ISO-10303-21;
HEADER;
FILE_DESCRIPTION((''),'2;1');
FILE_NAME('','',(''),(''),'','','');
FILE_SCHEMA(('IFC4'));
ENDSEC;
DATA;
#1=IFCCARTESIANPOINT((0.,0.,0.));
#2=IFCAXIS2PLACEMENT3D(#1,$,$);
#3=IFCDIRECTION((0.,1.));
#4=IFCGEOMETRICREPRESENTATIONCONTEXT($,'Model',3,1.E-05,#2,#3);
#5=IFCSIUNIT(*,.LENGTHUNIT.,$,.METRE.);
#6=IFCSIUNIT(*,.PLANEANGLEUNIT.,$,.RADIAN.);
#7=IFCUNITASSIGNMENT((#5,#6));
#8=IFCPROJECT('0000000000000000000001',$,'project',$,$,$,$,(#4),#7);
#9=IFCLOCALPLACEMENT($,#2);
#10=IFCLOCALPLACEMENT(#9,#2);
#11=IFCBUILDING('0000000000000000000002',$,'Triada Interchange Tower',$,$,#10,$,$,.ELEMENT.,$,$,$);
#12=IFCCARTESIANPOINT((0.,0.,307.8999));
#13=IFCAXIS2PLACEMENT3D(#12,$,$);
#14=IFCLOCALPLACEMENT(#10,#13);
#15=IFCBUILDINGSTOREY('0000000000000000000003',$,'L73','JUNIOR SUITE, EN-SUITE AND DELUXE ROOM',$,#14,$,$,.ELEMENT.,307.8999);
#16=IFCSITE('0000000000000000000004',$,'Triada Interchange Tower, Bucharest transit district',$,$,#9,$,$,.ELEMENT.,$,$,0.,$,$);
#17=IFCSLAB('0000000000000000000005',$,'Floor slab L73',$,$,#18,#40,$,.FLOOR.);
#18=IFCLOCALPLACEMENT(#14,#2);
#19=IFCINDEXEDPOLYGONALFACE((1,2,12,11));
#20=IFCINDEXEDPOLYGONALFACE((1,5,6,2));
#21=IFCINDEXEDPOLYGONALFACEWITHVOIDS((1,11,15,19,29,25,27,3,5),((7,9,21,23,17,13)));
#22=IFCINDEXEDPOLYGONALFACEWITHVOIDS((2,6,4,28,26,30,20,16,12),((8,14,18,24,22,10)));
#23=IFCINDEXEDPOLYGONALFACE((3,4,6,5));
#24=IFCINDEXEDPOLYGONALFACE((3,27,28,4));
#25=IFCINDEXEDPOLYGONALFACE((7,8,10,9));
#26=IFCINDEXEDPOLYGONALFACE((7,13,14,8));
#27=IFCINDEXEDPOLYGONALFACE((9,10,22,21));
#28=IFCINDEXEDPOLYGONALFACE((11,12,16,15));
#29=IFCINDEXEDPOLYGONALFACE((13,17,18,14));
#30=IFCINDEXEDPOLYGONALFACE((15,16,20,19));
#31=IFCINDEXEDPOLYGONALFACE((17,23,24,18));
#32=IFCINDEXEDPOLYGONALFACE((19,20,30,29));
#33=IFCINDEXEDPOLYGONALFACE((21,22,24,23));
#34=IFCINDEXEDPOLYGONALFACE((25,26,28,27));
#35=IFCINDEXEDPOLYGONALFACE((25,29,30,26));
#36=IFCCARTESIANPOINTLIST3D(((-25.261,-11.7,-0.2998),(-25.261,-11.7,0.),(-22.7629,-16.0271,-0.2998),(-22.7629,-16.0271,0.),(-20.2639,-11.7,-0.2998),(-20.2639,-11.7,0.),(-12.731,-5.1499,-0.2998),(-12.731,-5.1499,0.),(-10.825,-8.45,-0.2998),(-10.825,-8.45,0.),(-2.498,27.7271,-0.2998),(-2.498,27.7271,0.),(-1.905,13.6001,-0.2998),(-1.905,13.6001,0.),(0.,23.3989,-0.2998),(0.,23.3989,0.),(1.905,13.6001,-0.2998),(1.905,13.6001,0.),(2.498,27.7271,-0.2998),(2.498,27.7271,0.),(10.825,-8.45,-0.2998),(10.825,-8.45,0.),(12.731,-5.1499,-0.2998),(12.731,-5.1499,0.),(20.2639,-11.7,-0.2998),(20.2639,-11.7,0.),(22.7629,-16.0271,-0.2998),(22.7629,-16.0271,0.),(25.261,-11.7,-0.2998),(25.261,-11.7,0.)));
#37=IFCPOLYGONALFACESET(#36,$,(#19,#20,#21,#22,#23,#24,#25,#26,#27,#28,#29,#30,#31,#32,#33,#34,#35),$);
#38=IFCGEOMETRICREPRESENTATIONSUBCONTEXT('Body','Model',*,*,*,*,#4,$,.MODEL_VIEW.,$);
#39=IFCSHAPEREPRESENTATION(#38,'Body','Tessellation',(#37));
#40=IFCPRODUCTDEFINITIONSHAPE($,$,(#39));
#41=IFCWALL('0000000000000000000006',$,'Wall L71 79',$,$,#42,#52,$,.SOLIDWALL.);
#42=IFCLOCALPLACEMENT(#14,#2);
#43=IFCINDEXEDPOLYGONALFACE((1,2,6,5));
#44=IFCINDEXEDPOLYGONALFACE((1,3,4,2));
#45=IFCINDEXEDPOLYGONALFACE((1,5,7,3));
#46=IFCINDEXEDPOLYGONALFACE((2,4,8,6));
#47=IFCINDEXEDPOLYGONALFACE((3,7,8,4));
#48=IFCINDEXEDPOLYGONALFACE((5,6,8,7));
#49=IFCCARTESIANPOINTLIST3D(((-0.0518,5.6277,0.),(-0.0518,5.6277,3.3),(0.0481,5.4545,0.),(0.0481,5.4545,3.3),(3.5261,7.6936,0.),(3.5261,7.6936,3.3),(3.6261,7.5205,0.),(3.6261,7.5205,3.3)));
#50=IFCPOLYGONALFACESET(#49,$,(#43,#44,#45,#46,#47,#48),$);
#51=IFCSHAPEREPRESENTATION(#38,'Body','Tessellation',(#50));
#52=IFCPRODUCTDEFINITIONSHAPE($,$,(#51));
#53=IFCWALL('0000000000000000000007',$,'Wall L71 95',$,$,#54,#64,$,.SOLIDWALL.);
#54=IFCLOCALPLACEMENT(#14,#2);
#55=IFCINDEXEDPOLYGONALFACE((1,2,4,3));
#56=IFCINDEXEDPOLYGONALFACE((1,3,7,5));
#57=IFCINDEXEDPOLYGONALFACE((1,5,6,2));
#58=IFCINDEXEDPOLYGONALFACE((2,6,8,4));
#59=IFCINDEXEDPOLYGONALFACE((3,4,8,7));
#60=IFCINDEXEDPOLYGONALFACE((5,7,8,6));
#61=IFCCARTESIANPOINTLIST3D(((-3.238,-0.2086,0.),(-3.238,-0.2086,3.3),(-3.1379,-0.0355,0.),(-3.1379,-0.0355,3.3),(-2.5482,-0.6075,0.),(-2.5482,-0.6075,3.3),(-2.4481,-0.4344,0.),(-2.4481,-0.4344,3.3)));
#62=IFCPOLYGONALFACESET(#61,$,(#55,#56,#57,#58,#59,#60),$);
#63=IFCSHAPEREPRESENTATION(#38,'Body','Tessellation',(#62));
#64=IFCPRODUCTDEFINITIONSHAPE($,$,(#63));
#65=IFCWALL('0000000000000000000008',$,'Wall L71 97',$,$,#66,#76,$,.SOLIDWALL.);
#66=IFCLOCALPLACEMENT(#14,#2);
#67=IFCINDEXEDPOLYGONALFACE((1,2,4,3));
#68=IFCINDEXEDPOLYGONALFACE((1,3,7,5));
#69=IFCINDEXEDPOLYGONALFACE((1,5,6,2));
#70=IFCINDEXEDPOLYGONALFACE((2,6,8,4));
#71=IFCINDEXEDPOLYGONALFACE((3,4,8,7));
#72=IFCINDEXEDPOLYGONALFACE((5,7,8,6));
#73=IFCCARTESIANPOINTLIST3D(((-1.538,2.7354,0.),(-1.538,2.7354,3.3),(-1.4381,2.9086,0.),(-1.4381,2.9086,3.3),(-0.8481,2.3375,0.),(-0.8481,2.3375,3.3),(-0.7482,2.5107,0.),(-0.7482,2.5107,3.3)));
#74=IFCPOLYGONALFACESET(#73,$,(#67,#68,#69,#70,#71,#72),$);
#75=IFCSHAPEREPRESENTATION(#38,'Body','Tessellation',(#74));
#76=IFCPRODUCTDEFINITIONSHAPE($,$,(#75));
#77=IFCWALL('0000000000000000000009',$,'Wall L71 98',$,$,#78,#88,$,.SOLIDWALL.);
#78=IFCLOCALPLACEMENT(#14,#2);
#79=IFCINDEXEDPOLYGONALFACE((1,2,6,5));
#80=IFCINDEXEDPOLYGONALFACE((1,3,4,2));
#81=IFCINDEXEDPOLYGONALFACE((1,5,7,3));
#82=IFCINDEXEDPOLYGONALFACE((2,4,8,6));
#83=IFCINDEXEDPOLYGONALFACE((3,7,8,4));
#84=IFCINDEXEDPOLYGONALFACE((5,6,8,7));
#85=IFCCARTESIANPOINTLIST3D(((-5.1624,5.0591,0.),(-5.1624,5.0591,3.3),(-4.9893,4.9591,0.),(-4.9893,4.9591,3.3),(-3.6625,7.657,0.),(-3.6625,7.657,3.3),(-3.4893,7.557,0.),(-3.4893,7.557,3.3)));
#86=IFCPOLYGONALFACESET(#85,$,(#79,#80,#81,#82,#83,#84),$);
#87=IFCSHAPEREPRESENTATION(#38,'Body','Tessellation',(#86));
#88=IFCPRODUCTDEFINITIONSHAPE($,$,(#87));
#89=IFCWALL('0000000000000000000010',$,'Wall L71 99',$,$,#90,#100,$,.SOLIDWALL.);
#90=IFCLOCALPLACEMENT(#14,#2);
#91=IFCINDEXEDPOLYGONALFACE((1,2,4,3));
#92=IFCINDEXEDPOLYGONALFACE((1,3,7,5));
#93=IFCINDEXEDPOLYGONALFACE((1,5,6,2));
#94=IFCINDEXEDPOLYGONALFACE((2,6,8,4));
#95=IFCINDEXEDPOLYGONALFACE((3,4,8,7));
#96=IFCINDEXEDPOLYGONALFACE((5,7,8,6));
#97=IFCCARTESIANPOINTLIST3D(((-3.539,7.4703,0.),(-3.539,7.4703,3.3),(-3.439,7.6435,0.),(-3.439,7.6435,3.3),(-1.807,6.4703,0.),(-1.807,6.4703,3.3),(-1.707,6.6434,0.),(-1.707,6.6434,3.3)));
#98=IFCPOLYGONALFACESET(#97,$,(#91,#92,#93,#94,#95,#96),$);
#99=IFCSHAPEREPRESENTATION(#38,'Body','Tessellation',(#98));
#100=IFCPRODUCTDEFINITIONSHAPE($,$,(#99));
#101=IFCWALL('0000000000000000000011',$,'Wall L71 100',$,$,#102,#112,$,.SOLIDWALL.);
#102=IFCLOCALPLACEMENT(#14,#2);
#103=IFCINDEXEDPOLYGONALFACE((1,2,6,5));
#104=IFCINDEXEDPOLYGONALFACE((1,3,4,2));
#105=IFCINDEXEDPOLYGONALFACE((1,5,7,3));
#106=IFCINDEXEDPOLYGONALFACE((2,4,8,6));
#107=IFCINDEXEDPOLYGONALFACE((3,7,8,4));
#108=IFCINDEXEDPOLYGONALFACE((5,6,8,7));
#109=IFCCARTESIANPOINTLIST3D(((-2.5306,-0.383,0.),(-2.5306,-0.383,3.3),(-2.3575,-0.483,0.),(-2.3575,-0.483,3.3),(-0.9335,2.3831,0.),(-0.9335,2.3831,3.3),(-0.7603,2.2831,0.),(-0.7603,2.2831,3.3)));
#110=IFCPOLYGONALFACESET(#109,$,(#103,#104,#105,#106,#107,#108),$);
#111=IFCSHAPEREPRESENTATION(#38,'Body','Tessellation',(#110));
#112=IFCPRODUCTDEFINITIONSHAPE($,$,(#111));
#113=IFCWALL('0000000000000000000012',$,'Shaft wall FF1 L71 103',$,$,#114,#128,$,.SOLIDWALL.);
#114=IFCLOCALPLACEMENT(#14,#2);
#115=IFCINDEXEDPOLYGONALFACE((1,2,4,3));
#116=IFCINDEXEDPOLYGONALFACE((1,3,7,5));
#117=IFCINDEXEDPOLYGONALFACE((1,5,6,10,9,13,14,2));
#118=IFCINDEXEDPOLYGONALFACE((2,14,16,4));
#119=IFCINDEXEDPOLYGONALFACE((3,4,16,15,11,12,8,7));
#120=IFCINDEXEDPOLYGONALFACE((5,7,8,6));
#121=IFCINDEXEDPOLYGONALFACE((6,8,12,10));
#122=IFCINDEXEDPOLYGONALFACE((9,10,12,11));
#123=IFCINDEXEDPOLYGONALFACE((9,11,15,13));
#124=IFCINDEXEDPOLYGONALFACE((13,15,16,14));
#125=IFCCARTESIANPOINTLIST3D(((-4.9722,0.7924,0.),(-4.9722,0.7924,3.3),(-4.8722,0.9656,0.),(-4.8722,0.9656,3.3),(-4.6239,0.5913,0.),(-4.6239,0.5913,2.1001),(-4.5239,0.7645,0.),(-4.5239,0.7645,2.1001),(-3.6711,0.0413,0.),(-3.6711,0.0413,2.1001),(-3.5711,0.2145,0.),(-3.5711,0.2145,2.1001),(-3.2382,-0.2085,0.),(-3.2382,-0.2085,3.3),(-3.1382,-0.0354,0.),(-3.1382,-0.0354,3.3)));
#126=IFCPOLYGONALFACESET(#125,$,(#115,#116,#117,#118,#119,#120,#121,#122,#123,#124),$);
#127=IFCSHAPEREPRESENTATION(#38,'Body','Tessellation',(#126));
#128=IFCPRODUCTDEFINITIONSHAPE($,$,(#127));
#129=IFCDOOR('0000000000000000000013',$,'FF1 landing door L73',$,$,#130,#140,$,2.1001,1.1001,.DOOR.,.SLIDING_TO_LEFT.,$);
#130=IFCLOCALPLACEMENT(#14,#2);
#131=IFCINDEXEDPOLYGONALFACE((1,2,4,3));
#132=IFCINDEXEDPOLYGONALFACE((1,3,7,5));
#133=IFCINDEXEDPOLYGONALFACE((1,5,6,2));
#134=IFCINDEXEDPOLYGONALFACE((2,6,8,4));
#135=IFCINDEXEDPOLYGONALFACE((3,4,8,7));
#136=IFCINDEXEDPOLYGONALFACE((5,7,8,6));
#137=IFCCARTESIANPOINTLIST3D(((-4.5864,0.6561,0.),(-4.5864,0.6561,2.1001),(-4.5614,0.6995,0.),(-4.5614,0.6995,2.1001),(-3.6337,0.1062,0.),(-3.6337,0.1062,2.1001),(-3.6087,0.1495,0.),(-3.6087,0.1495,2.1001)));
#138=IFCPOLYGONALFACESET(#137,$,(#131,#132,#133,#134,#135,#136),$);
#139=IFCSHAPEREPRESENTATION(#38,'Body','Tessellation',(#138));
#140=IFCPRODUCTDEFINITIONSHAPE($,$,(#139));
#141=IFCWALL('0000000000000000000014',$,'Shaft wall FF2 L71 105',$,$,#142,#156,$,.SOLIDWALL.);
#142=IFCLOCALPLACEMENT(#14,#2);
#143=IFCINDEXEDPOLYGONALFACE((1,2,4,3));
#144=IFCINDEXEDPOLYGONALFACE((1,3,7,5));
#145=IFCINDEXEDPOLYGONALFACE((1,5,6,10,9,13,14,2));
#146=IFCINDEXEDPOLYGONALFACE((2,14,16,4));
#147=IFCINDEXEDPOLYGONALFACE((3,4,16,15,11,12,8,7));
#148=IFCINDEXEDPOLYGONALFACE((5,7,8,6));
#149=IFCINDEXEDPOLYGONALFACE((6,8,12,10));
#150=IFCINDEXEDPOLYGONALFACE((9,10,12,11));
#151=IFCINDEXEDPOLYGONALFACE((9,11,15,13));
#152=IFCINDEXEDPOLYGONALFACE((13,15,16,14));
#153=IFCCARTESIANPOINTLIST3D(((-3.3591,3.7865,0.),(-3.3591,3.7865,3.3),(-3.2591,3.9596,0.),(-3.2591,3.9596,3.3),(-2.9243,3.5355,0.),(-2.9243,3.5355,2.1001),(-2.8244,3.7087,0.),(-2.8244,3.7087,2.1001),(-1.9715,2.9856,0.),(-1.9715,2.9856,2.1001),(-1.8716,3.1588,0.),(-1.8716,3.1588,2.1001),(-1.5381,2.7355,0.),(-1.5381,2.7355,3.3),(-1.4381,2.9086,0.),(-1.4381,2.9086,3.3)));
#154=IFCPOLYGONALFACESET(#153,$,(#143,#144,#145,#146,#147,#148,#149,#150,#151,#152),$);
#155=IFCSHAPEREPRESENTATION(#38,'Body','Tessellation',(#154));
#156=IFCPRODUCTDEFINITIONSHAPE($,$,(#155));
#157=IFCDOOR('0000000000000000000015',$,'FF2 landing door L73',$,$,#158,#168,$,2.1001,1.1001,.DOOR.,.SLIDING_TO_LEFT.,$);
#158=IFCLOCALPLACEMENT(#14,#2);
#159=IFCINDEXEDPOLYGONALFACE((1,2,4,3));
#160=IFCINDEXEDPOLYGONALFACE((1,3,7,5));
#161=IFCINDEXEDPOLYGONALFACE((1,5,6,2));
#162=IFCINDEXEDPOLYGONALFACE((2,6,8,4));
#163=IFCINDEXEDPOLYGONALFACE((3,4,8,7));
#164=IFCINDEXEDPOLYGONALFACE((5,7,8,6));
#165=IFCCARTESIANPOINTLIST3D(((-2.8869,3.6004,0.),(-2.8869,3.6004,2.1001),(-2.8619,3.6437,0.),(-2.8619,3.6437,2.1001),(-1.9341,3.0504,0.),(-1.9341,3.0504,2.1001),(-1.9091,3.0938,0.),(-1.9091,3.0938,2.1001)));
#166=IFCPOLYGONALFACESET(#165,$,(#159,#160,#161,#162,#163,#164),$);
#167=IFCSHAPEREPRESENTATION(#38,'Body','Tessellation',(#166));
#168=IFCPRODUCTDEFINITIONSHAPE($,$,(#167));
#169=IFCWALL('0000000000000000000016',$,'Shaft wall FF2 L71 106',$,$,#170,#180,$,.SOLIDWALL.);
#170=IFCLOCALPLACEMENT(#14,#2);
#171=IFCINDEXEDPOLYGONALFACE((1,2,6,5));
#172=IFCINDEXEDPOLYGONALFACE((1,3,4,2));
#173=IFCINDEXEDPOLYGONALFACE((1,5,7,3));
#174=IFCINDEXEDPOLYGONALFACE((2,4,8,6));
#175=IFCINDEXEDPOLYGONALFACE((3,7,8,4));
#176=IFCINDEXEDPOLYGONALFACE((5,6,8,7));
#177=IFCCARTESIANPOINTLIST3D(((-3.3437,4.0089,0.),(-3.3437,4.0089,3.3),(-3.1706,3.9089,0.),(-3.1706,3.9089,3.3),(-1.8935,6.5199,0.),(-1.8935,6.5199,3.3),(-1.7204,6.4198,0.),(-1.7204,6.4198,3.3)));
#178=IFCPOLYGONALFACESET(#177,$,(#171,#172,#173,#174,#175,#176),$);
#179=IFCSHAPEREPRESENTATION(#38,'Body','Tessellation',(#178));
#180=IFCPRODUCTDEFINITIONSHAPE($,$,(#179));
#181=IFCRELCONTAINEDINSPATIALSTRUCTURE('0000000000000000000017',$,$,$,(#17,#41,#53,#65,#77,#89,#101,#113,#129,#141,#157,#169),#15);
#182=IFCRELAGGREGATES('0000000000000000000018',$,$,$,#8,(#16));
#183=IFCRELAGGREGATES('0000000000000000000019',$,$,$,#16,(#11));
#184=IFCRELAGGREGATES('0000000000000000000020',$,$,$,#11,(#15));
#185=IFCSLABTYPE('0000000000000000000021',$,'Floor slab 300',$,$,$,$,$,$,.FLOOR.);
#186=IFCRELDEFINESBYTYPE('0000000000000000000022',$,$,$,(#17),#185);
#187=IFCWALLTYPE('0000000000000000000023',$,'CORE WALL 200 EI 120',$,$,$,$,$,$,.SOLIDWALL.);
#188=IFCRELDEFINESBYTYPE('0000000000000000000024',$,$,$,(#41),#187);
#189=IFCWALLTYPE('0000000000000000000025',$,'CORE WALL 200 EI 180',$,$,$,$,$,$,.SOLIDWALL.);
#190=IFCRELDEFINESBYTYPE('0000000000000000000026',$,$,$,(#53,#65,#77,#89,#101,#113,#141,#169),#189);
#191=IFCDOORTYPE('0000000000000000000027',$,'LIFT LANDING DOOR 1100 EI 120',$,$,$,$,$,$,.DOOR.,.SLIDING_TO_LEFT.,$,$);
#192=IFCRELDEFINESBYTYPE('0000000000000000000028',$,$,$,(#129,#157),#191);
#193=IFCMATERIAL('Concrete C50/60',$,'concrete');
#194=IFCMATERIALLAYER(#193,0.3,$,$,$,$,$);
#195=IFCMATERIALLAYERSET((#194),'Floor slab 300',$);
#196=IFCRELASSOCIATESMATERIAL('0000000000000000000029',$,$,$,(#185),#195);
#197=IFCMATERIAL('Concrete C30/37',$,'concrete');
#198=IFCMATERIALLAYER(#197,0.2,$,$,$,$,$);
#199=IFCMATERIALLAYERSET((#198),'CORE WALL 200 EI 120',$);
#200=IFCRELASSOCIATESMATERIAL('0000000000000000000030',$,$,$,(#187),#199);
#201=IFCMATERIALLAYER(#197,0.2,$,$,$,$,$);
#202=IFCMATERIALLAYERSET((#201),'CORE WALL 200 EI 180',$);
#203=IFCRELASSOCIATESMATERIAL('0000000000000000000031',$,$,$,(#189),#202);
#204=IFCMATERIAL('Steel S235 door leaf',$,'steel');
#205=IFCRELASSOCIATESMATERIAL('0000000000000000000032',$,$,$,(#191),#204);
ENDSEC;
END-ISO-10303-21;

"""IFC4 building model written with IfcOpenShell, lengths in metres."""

from ifc_helpers import new_model, si_unit, direction, frame, frame_2d, origin, place, context, subcontext, project, spatial, polyline, rectangle, outline, extrude, material, layer, layer_set, type_object, element, fill, save


model = new_model("IFC4")

# Units and contexts
model_context = context("Model", 3, precision=1e-05, world=origin(), true_north=direction((0.0, 1.0)))
body_context = subcontext(model_context, "Body", "Model", "MODEL_VIEW")
ifc_project = project(units=[si_unit("LENGTHUNIT", "METRE"), si_unit("PLANEANGLEUNIT", "RADIAN")], contexts=[model_context])

# Site, building, storey
site_placement = place(None, origin())
site = spatial("IfcSite", under=ifc_project, at=site_placement, Name="Triada Interchange Tower, Bucharest transit district", CompositionType="ELEMENT", RefElevation=0.0)
building_placement = place(site_placement, origin())
building = spatial("IfcBuilding", under=site, at=building_placement, Name="Triada Interchange Tower", CompositionType="ELEMENT")
storey_placement = place(building_placement, frame((0.0, 0.0, 307.8999)))
storey = spatial("IfcBuildingStorey", under=building, at=storey_placement, Name="L73", Description="JUNIOR SUITE, EN-SUITE AND DELUXE ROOM", CompositionType="ELEMENT", Elevation=307.8999)

# Slab
ifc_material_1 = material(Name="Concrete C50/60", Category="concrete")
ifc_layer_1 = layer(ifc_material_1, 0.3)
ifc_layer_set_1 = layer_set([ifc_layer_1], Name="Floor slab 300")
slab_type = type_object("IfcSlabType", Name="Floor slab 300", PredefinedType="FLOOR", material=ifc_layer_set_1)
slab_placement = place(storey_placement, frame((0.0, 0.0, -0.2998)))
element("IfcSlab", 1, at=slab_placement, inside=storey, type_object=slab_type, Name="Floor slab L73", PredefinedType="FLOOR", context=body_context, shape_type="SweptSolid", body=[
    extrude(outline(polyline([(-2.498, 27.7271), (-25.261, -11.7), (-20.2639, -11.7), (-22.7629, -16.0271), (22.7629, -16.0271), (20.2639, -11.7), (25.261, -11.7), (2.498, 27.7271), (0.0, 23.3989), (-2.498, 27.7271)]), holes=[polyline([(1.905, 13.6001), (-1.905, 13.6001), (-12.731, -5.1499), (-10.825, -8.45), (10.825, -8.45), (12.731, -5.1499), (1.905, 13.6001)])]), origin(), (0.0, 0.0, 1.0), 0.2998),
])

# Walls
ifc_material_2 = material(Name="Concrete C30/37", Category="concrete")
ifc_layer_2 = layer(ifc_material_2, 0.2)
ifc_layer_set_2 = layer_set([ifc_layer_2], Name="CORE WALL 200 EI 120")
wall_type_1 = type_object("IfcWallType", Name="CORE WALL 200 EI 120", PredefinedType="SOLIDWALL", material=ifc_layer_set_2)
wall_1_placement = place(storey_placement, frame((-0.002, 5.541, 0.0), z_axis=(0.0, 0.0, 1.0), x_axis=(0.866002, 0.500041, 0.0)))
element("IfcWall", 2, at=wall_1_placement, inside=storey, type_object=wall_type_1, Name="Wall L71 79", PredefinedType="SOLIDWALL", context=body_context, shape_type="SweptSolid", body=[
    extrude(rectangle(XDim=4.1316, YDim=0.2, at=frame_2d((2.0659, 0.0))), origin(), (0.0, 0.0, 1.0), 3.3),
])
ifc_layer_3 = layer(ifc_material_2, 0.2)
ifc_layer_set_3 = layer_set([ifc_layer_3], Name="CORE WALL 200 EI 180")
wall_type_2 = type_object("IfcWallType", Name="CORE WALL 200 EI 180", PredefinedType="SOLIDWALL", material=ifc_layer_set_3)
wall_2_placement = place(storey_placement, frame((-3.188, -0.1221, 0.0), z_axis=(0.0, 0.0, 1.0), x_axis=(0.865706, -0.500553, 0.0)))
element("IfcWall", 3, at=wall_2_placement, inside=storey, type_object=wall_type_2, Name="Wall L71 95", PredefinedType="SOLIDWALL", context=body_context, shape_type="SweptSolid", body=[
    extrude(rectangle(XDim=0.7969, YDim=0.2, at=frame_2d((0.3984, 0.0))), origin(), (0.0, 0.0, 1.0), 3.3),
])
wall_3_placement = place(storey_placement, frame((-1.488, 2.822, 0.0), z_axis=(0.0, 0.0, 1.0), x_axis=(0.866237, -0.499634, 0.0)))
element("IfcWall", 4, at=wall_3_placement, inside=storey, type_object=wall_type_2, Name="Wall L71 97", PredefinedType="SOLIDWALL", context=body_context, shape_type="SweptSolid", body=[
    extrude(rectangle(XDim=0.7964, YDim=0.2, at=frame_2d((0.3982, 0.0))), origin(), (0.0, 0.0, 1.0), 3.3),
])
wall_4_placement = place(storey_placement, frame((-5.0759, 5.009, 0.0), z_axis=(0.0, 0.0, 1.0), x_axis=(0.500025, 0.866011, 0.0)))
element("IfcWall", 5, at=wall_4_placement, inside=storey, type_object=wall_type_2, Name="Wall L71 98", PredefinedType="SOLIDWALL", context=body_context, shape_type="SweptSolid", body=[
    extrude(rectangle(XDim=2.9998, YDim=0.2, at=frame_2d((1.5, 0.0))), origin(), (0.0, 0.0, 1.0), 3.3),
])
wall_5_placement = place(storey_placement, frame((-3.489, 7.5569, 0.0), z_axis=(0.0, 0.0, 1.0), x_axis=(0.866011, -0.500025, 0.0)))
element("IfcWall", 6, at=wall_5_placement, inside=storey, type_object=wall_type_2, Name="Wall L71 99", PredefinedType="SOLIDWALL", context=body_context, shape_type="SweptSolid", body=[
    extrude(rectangle(XDim=2.0, YDim=0.2, at=frame_2d((1.0, 0.0))), origin(), (0.0, 0.0, 1.0), 3.3),
])
wall_6_placement = place(storey_placement, frame((-2.4441, -0.4331, 0.0), z_axis=(0.0, 0.0, 1.0), x_axis=(0.500036, 0.866005, 0.0)))
element("IfcWall", 7, at=wall_6_placement, inside=storey, type_object=wall_type_2, Name="Wall L71 100", PredefinedType="SOLIDWALL", context=body_context, shape_type="SweptSolid", body=[
    extrude(rectangle(XDim=3.1941, YDim=0.2, at=frame_2d((1.5972, 0.0))), origin(), (0.0, 0.0, 1.0), 3.3),
])

# Walls, openings, doors
wall_7_placement = place(storey_placement, frame((-4.9221, 0.8789, 0.0), z_axis=(0.0, 0.0, 1.0), x_axis=(0.866074, -0.499916, 0.0)))
wall_7 = element("IfcWall", 8, at=wall_7_placement, inside=storey, type_object=wall_type_2, Name="Shaft wall FF1 L71 103", PredefinedType="SOLIDWALL", context=body_context, shape_type="SweptSolid", body=[
    extrude(rectangle(XDim=2.0022, YDim=0.2, at=frame_2d((1.001, 0.0))), origin(), (0.0, 0.0, 1.0), 3.3),
])
opening_1_placement = place(wall_7_placement, frame((0.4021, 0.0, 0.0)))
opening_1 = element("IfcOpeningElement", 9, at=opening_1_placement, cuts=wall_7, PredefinedType="OPENING", context=body_context, shape_type="SweptSolid", body=[
    extrude(rectangle(XDim=1.1001, YDim=2.1001, at=frame_2d((0.55, 1.05))), frame((0.0, 0.1099, 0.0), z_axis=(0.0, -1.0, 0.0), x_axis=(1.0, 0.0, 0.0)), (0.0, 0.0, 1.0), 0.22),
])
ifc_material_3 = material(Name="Steel S235 door leaf", Category="steel")
door_type = type_object("IfcDoorType", Name="LIFT LANDING DOOR 1100 EI 120", OperationType="SLIDING_TO_LEFT", PredefinedType="DOOR", material=ifc_material_3)
door_1_placement = place(opening_1_placement, origin())
door_1 = element("IfcDoor", 10, at=door_1_placement, inside=storey, type_object=door_type, Name="FF1 landing door L73", OperationType="SLIDING_TO_LEFT", OverallHeight=2.1001, OverallWidth=1.1001, PredefinedType="DOOR", context=body_context, shape_type="SweptSolid", body=[
    extrude(rectangle(XDim=1.1001, YDim=2.1001, at=frame_2d((0.55, 1.05))), frame((0.0, 0.0249, 0.0), z_axis=(0.0, -1.0, 0.0), x_axis=(1.0, 0.0, 0.0)), (0.0, 0.0, 1.0), 0.05),
])
fill(opening_1, door_1)
wall_8_placement = place(storey_placement, frame((-3.3091, 3.873, 0.0), z_axis=(0.0, 0.0, 1.0), x_axis=(0.866099, -0.499873, 0.0)))
wall_8 = element("IfcWall", 11, at=wall_8_placement, inside=storey, type_object=wall_type_2, Name="Shaft wall FF2 L71 105", PredefinedType="SOLIDWALL", context=body_context, shape_type="SweptSolid", body=[
    extrude(rectangle(XDim=2.1025, YDim=0.2, at=frame_2d((1.0513, 0.0))), origin(), (0.0, 0.0, 1.0), 3.3),
])
opening_2_placement = place(wall_8_placement, frame((0.502, 0.0, 0.0)))
opening_2 = element("IfcOpeningElement", 12, at=opening_2_placement, cuts=wall_8, PredefinedType="OPENING", context=body_context, shape_type="SweptSolid", body=[
    extrude(rectangle(XDim=1.1001, YDim=2.1001, at=frame_2d((0.55, 1.05))), frame((0.0, 0.1099, 0.0), z_axis=(0.0, -1.0, 0.0), x_axis=(1.0, 0.0, 0.0)), (0.0, 0.0, 1.0), 0.22),
])
door_2_placement = place(opening_2_placement, origin())
door_2 = element("IfcDoor", 13, at=door_2_placement, inside=storey, type_object=door_type, Name="FF2 landing door L73", OperationType="SLIDING_TO_LEFT", OverallHeight=2.1001, OverallWidth=1.1001, PredefinedType="DOOR", context=body_context, shape_type="SweptSolid", body=[
    extrude(rectangle(XDim=1.1001, YDim=2.1001, at=frame_2d((0.55, 1.05))), frame((0.0, 0.0249, 0.0), z_axis=(0.0, -1.0, 0.0), x_axis=(1.0, 0.0, 0.0)), (0.0, 0.0, 1.0), 0.05),
])
fill(opening_2, door_2)

# Wall
wall_9_placement = place(storey_placement, frame((-3.2571, 3.959, 0.0), z_axis=(0.0, 0.0, 1.0), x_axis=(0.500123, 0.865954, 0.0)))
element("IfcWall", 14, at=wall_9_placement, inside=storey, type_object=wall_type_2, Name="Shaft wall FF2 L71 106", PredefinedType="SOLIDWALL", context=body_context, shape_type="SweptSolid", body=[
    extrude(rectangle(XDim=2.8997, YDim=0.2, at=frame_2d((1.4497, 0.0))), origin(), (0.0, 0.0, 1.0), 3.3),
])

save(model, "model.ifc")
